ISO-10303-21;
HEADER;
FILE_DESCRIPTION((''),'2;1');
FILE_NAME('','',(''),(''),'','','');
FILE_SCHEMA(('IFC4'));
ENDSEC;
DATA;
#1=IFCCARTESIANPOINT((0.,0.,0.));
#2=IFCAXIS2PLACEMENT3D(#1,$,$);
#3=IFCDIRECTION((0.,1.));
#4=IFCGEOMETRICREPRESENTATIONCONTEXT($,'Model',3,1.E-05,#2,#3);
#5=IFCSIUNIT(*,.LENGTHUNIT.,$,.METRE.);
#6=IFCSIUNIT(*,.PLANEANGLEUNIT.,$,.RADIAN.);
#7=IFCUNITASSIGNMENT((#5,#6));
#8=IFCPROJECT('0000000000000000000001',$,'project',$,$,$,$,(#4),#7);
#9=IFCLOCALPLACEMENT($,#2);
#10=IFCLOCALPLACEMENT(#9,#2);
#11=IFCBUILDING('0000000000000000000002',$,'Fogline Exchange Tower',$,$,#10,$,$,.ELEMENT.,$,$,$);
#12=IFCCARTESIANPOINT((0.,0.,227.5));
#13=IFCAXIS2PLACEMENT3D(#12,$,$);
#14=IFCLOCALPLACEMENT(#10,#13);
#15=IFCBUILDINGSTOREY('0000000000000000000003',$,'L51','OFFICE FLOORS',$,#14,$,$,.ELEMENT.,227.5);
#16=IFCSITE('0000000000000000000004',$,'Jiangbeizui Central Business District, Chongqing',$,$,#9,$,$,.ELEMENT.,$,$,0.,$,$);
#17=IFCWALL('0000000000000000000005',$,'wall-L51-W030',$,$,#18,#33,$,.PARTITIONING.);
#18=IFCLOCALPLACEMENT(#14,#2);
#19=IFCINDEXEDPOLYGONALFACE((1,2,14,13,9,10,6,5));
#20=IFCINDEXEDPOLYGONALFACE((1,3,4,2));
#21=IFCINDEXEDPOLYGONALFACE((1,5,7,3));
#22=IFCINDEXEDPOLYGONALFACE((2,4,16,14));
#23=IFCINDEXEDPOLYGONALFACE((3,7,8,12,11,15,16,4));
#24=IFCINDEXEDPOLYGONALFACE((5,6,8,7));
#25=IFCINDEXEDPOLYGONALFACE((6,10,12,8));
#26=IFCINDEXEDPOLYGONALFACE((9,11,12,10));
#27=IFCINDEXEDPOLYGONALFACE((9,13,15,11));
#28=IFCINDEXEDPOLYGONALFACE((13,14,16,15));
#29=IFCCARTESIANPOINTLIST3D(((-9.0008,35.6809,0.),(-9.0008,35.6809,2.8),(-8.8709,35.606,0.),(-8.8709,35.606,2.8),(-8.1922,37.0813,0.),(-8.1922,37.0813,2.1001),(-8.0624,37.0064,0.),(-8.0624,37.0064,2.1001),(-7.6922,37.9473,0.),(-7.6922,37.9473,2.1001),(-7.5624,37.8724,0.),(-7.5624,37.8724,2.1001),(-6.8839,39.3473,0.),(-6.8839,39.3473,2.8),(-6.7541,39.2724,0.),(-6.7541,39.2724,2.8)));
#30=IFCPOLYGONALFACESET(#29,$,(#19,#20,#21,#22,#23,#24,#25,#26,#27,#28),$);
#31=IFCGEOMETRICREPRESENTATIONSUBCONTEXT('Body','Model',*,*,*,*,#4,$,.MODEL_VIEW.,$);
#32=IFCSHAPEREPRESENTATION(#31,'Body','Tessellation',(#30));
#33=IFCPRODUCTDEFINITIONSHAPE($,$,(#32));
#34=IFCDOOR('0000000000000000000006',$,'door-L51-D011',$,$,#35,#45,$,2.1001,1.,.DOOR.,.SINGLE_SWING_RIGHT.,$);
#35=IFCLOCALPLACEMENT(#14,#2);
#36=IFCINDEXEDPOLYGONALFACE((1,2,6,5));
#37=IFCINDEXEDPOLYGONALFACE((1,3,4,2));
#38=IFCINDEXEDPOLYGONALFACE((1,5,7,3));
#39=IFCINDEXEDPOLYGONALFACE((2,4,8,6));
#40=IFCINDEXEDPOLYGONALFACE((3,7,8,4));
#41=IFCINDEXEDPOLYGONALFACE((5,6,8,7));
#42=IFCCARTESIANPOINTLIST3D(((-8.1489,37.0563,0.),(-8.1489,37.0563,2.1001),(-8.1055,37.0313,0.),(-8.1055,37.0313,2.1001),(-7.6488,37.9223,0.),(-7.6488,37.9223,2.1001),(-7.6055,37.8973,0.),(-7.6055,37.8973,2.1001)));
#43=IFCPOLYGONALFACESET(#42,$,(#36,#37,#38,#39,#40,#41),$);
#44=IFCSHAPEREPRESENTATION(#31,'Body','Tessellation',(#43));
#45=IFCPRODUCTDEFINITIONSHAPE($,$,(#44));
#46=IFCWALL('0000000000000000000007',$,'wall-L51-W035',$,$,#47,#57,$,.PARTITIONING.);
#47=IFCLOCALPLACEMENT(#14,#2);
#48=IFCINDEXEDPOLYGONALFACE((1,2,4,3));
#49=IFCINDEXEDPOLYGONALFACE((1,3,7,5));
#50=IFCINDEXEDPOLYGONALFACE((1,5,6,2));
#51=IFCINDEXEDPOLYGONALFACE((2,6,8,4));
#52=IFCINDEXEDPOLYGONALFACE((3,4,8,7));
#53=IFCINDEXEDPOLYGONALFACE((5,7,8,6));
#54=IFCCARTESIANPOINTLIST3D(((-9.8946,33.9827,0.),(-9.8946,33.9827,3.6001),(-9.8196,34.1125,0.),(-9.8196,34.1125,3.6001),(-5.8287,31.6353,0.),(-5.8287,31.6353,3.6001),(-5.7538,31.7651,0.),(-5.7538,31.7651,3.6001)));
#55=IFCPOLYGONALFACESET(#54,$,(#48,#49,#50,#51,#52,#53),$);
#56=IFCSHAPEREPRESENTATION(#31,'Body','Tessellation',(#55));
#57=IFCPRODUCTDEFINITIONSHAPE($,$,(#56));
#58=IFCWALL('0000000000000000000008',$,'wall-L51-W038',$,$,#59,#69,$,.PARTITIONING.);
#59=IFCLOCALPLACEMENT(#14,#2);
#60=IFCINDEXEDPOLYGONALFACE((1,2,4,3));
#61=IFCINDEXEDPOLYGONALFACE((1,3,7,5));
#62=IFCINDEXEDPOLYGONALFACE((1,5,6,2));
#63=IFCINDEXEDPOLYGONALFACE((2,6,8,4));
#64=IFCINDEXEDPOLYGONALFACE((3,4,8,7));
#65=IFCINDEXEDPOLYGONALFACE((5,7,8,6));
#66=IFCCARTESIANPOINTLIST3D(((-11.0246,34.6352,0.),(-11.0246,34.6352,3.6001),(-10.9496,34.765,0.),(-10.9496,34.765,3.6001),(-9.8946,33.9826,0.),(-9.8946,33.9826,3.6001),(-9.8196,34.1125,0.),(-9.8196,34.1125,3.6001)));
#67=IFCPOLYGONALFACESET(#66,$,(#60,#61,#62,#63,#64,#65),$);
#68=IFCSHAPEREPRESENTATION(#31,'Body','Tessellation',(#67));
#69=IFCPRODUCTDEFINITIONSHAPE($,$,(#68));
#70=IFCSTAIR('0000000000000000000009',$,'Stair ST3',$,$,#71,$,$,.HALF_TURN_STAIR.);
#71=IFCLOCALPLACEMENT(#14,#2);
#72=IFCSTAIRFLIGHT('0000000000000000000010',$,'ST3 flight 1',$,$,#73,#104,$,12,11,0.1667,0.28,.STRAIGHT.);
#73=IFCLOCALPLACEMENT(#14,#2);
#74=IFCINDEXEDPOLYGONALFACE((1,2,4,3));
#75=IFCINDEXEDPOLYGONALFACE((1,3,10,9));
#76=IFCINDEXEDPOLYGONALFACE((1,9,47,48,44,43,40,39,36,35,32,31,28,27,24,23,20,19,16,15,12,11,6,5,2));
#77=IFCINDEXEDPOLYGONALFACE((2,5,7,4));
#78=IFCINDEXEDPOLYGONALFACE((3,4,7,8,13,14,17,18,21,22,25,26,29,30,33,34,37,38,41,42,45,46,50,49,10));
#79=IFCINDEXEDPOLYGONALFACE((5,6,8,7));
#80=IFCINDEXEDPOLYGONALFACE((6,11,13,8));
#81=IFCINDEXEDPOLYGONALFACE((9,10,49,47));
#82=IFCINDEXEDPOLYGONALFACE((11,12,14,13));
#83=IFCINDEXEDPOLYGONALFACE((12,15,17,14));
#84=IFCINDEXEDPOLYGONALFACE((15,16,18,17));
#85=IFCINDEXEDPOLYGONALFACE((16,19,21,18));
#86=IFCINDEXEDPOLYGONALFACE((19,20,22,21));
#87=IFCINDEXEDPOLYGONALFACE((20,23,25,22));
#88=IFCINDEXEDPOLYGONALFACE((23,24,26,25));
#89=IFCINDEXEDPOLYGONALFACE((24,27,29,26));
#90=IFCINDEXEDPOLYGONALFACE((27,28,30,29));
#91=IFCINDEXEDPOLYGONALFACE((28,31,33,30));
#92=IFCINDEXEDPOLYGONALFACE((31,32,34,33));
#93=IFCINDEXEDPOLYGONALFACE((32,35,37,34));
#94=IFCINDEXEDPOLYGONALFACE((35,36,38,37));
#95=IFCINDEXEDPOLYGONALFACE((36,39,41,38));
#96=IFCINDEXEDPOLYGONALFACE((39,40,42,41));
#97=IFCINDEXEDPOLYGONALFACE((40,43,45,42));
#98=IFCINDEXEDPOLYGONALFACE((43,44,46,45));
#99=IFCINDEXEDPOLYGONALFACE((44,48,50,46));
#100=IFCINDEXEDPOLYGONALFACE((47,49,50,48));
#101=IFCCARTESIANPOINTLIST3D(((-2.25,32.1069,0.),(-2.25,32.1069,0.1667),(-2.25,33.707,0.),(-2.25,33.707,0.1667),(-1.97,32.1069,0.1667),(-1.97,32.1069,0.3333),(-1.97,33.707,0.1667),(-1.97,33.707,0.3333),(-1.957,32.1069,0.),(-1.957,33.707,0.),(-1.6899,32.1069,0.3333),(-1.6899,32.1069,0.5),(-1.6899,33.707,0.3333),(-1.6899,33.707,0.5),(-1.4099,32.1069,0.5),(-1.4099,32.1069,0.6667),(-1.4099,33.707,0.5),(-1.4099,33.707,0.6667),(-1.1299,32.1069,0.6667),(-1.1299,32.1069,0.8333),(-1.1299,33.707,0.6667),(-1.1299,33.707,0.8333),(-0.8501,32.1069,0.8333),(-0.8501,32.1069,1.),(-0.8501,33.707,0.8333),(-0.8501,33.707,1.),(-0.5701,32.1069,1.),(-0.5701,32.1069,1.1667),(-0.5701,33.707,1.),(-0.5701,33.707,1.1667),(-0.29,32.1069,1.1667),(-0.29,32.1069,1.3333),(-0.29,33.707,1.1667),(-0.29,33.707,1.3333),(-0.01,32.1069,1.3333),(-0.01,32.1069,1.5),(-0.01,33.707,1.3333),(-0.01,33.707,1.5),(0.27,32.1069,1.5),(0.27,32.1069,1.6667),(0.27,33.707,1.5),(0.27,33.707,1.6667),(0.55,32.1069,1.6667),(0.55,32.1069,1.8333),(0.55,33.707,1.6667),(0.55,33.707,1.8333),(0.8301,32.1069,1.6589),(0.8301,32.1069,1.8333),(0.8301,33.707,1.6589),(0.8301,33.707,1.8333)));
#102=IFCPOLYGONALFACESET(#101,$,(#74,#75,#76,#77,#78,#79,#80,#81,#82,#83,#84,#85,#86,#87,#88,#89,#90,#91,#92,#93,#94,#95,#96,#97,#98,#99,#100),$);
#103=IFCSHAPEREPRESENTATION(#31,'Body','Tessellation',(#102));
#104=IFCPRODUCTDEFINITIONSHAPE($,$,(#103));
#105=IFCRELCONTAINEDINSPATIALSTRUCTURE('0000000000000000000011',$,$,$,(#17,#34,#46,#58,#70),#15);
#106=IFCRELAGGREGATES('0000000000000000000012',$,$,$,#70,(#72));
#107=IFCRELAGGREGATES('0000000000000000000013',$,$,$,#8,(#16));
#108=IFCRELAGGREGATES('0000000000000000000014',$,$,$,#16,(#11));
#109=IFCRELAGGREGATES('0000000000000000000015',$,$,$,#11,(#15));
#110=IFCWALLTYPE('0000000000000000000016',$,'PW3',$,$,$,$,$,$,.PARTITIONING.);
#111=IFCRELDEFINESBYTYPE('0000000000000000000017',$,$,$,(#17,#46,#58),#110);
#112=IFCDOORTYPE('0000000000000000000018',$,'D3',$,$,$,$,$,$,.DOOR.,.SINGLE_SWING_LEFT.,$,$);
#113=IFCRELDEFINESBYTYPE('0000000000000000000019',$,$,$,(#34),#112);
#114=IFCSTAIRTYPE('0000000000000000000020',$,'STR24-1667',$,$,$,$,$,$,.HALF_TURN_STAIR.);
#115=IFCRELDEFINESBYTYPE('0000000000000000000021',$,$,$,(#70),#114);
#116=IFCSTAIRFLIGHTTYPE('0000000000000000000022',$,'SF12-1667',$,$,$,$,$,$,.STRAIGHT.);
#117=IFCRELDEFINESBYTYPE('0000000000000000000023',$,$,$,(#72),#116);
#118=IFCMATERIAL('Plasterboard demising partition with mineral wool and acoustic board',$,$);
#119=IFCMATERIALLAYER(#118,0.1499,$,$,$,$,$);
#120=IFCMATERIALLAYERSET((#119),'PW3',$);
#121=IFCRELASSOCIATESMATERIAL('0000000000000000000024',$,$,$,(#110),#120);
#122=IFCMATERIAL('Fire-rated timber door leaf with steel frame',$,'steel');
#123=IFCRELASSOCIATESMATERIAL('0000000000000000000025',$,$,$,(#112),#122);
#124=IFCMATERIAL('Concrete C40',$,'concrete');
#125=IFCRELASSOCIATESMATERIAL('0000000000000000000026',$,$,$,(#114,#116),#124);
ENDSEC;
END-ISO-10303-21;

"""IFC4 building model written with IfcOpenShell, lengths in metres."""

from ifc_helpers import new_model, si_unit, direction, frame, frame_2d, origin, place, context, subcontext, project, spatial, polyline, rectangle, outline, extrude, material, layer, layer_set, type_object, element, fill, aggregate, save


model = new_model("IFC4")

# Units and contexts
model_context = context("Model", 3, precision=1e-05, world=origin(), true_north=direction((0.0, 1.0)))
body_context = subcontext(model_context, "Body", "Model", "MODEL_VIEW")
ifc_project = project(units=[si_unit("LENGTHUNIT", "METRE"), si_unit("PLANEANGLEUNIT", "RADIAN")], contexts=[model_context])

# Site, building, storey
site_placement = place(None, origin())
site = spatial("IfcSite", under=ifc_project, at=site_placement, Name="Jiangbeizui Central Business District, Chongqing", CompositionType="ELEMENT", RefElevation=0.0)
building_placement = place(site_placement, origin())
building = spatial("IfcBuilding", under=site, at=building_placement, Name="Fogline Exchange Tower", CompositionType="ELEMENT")
storey_placement = place(building_placement, frame((0.0, 0.0, 227.5)))
storey = spatial("IfcBuildingStorey", under=building, at=storey_placement, Name="L51", Description="OFFICE FLOORS", CompositionType="ELEMENT", Elevation=227.5)

# Shared definitions
ifc_material_1 = material(Name="Concrete C40", Category="concrete")

# Shared definitions
ifc_material_2 = material(Name="Plasterboard demising partition with mineral wool and acoustic board")
ifc_layer_1 = layer(ifc_material_2, 0.1499)
ifc_layer_set_1 = layer_set([ifc_layer_1], Name="PW3")
wall_type_1 = type_object("IfcWallType", Name="PW3", PredefinedType="PARTITIONING", material=ifc_layer_set_1)

# Wall, opening, door
wall_1_placement = place(storey_placement, frame((-8.9358, 35.6436, 0.0), z_axis=(0.0, 0.0, 1.0), x_axis=(0.500015, 0.866017, 0.0)))
wall_1 = element("IfcWall", 1, at=wall_1_placement, inside=storey, type_object=wall_type_1, Name="wall-L51-W030", PredefinedType="PARTITIONING", context=body_context, shape_type="SweptSolid", body=[
    extrude(rectangle(XDim=4.2336, YDim=0.1499, at=frame_2d((2.1167, 0.0))), origin(), (0.0, 0.0, 1.0), 2.8),
])
opening_1_placement = place(wall_1_placement, frame((1.6169, 0.0, 0.0)))
opening_1 = element("IfcOpeningElement", 2, at=opening_1_placement, cuts=wall_1, PredefinedType="OPENING", context=body_context, shape_type="SweptSolid", body=[
    extrude(rectangle(XDim=1.0, YDim=2.1001, at=frame_2d((0.5, 1.05))), frame((0.0, 0.085, 0.0), z_axis=(0.0, -1.0, 0.0), x_axis=(1.0, 0.0, 0.0)), (0.0, 0.0, 1.0), 0.1699),
])
ifc_material_3 = material(Name="Fire-rated timber door leaf with steel frame", Category="steel")
door_type_1 = type_object("IfcDoorType", Name="D3", OperationType="SINGLE_SWING_LEFT", PredefinedType="DOOR", material=ifc_material_3)
door_1_placement = place(opening_1_placement, origin())
door_1 = element("IfcDoor", 3, at=door_1_placement, inside=storey, type_object=door_type_1, Name="door-L51-D011", OperationType="SINGLE_SWING_RIGHT", OverallHeight=2.1001, OverallWidth=1.0, PredefinedType="DOOR", context=body_context, shape_type="SweptSolid", body=[
    extrude(rectangle(XDim=1.0, YDim=2.1001, at=frame_2d((0.5, 1.05))), frame((0.0, 0.0249, 0.0), z_axis=(0.0, -1.0, 0.0), x_axis=(1.0, 0.0, 0.0)), (0.0, 0.0, 1.0), 0.05),
])
fill(opening_1, door_1)

# Walls
wall_2_placement = place(storey_placement, frame((-5.7913, 31.7002, 0.0), z_axis=(0.0, 0.0, 1.0), x_axis=(-0.86603, 0.499993, 0.0)))
element("IfcWall", 4, at=wall_2_placement, inside=storey, type_object=wall_type_1, Name="wall-L51-W035", PredefinedType="PARTITIONING", context=body_context, shape_type="SweptSolid", body=[
    extrude(rectangle(XDim=4.6948, YDim=0.1499, at=frame_2d((2.3474, 0.0))), origin(), (0.0, 0.0, 1.0), 3.6001),
])
wall_3_placement = place(storey_placement, frame((-9.8572, 34.0476, 0.0), z_axis=(0.0, 0.0, 1.0), x_axis=(-0.865989, 0.500063, 0.0)))
element("IfcWall", 5, at=wall_3_placement, inside=storey, type_object=wall_type_1, Name="wall-L51-W038", PredefinedType="PARTITIONING", context=body_context, shape_type="SweptSolid", body=[
    extrude(rectangle(XDim=1.3049, YDim=0.1499, at=frame_2d((0.6523, 0.0))), origin(), (0.0, 0.0, 1.0), 3.6001),
])

# Stair, stair flight
stair_type = type_object("IfcStairType", Name="STR24-1667", PredefinedType="HALF_TURN_STAIR", material=ifc_material_1)
stair_placement = place(storey_placement, origin())
stair = element("IfcStair", 6, at=stair_placement, inside=storey, type_object=stair_type, Name="Stair ST3", PredefinedType="HALF_TURN_STAIR")
stair_flight_type = type_object("IfcStairFlightType", Name="SF12-1667", PredefinedType="STRAIGHT", material=ifc_material_1)
stair_flight_placement = place(storey_placement, frame((-2.25, 32.907, 0.0), z_axis=(0.0, 0.0, 1.0), x_axis=(1.0, 0.0, 0.0)))
stair_flight = element("IfcStairFlight", 7, at=stair_flight_placement, type_object=stair_flight_type, Name="ST3 flight 1", NumberOfRisers=12, NumberOfTreads=11, PredefinedType="STRAIGHT", RiserHeight=0.1667, TreadLength=0.28, context=body_context, shape_type="SweptSolid", body=[
    extrude(outline(polyline([(0.0, 0.0), (0.0, 0.1667), (0.28, 0.1667), (0.28, 0.3333), (0.5601, 0.3333), (0.5601, 0.5), (0.8401, 0.5), (0.8401, 0.6667), (1.1201, 0.6667), (1.1201, 0.8333), (1.3999, 0.8333), (1.3999, 1.0), (1.6799, 1.0), (1.6799, 1.1667), (1.96, 1.1667), (1.96, 1.3333), (2.24, 1.3333), (2.24, 1.5), (2.52, 1.5), (2.52, 1.6667), (2.8, 1.6667), (2.8, 1.8333), (3.0801, 1.8333), (3.0801, 2.0), (3.0801, 1.6589), (0.293, 0.0), (0.0, 0.0)])), frame((0.0, 0.8, 0.0), z_axis=(0.0, -1.0, 0.0), x_axis=(1.0, 0.0, 0.0)), (0.0, 0.0, 1.0), 1.6001),
])
aggregate(stair, [stair_flight])

save(model, "model.ifc")
